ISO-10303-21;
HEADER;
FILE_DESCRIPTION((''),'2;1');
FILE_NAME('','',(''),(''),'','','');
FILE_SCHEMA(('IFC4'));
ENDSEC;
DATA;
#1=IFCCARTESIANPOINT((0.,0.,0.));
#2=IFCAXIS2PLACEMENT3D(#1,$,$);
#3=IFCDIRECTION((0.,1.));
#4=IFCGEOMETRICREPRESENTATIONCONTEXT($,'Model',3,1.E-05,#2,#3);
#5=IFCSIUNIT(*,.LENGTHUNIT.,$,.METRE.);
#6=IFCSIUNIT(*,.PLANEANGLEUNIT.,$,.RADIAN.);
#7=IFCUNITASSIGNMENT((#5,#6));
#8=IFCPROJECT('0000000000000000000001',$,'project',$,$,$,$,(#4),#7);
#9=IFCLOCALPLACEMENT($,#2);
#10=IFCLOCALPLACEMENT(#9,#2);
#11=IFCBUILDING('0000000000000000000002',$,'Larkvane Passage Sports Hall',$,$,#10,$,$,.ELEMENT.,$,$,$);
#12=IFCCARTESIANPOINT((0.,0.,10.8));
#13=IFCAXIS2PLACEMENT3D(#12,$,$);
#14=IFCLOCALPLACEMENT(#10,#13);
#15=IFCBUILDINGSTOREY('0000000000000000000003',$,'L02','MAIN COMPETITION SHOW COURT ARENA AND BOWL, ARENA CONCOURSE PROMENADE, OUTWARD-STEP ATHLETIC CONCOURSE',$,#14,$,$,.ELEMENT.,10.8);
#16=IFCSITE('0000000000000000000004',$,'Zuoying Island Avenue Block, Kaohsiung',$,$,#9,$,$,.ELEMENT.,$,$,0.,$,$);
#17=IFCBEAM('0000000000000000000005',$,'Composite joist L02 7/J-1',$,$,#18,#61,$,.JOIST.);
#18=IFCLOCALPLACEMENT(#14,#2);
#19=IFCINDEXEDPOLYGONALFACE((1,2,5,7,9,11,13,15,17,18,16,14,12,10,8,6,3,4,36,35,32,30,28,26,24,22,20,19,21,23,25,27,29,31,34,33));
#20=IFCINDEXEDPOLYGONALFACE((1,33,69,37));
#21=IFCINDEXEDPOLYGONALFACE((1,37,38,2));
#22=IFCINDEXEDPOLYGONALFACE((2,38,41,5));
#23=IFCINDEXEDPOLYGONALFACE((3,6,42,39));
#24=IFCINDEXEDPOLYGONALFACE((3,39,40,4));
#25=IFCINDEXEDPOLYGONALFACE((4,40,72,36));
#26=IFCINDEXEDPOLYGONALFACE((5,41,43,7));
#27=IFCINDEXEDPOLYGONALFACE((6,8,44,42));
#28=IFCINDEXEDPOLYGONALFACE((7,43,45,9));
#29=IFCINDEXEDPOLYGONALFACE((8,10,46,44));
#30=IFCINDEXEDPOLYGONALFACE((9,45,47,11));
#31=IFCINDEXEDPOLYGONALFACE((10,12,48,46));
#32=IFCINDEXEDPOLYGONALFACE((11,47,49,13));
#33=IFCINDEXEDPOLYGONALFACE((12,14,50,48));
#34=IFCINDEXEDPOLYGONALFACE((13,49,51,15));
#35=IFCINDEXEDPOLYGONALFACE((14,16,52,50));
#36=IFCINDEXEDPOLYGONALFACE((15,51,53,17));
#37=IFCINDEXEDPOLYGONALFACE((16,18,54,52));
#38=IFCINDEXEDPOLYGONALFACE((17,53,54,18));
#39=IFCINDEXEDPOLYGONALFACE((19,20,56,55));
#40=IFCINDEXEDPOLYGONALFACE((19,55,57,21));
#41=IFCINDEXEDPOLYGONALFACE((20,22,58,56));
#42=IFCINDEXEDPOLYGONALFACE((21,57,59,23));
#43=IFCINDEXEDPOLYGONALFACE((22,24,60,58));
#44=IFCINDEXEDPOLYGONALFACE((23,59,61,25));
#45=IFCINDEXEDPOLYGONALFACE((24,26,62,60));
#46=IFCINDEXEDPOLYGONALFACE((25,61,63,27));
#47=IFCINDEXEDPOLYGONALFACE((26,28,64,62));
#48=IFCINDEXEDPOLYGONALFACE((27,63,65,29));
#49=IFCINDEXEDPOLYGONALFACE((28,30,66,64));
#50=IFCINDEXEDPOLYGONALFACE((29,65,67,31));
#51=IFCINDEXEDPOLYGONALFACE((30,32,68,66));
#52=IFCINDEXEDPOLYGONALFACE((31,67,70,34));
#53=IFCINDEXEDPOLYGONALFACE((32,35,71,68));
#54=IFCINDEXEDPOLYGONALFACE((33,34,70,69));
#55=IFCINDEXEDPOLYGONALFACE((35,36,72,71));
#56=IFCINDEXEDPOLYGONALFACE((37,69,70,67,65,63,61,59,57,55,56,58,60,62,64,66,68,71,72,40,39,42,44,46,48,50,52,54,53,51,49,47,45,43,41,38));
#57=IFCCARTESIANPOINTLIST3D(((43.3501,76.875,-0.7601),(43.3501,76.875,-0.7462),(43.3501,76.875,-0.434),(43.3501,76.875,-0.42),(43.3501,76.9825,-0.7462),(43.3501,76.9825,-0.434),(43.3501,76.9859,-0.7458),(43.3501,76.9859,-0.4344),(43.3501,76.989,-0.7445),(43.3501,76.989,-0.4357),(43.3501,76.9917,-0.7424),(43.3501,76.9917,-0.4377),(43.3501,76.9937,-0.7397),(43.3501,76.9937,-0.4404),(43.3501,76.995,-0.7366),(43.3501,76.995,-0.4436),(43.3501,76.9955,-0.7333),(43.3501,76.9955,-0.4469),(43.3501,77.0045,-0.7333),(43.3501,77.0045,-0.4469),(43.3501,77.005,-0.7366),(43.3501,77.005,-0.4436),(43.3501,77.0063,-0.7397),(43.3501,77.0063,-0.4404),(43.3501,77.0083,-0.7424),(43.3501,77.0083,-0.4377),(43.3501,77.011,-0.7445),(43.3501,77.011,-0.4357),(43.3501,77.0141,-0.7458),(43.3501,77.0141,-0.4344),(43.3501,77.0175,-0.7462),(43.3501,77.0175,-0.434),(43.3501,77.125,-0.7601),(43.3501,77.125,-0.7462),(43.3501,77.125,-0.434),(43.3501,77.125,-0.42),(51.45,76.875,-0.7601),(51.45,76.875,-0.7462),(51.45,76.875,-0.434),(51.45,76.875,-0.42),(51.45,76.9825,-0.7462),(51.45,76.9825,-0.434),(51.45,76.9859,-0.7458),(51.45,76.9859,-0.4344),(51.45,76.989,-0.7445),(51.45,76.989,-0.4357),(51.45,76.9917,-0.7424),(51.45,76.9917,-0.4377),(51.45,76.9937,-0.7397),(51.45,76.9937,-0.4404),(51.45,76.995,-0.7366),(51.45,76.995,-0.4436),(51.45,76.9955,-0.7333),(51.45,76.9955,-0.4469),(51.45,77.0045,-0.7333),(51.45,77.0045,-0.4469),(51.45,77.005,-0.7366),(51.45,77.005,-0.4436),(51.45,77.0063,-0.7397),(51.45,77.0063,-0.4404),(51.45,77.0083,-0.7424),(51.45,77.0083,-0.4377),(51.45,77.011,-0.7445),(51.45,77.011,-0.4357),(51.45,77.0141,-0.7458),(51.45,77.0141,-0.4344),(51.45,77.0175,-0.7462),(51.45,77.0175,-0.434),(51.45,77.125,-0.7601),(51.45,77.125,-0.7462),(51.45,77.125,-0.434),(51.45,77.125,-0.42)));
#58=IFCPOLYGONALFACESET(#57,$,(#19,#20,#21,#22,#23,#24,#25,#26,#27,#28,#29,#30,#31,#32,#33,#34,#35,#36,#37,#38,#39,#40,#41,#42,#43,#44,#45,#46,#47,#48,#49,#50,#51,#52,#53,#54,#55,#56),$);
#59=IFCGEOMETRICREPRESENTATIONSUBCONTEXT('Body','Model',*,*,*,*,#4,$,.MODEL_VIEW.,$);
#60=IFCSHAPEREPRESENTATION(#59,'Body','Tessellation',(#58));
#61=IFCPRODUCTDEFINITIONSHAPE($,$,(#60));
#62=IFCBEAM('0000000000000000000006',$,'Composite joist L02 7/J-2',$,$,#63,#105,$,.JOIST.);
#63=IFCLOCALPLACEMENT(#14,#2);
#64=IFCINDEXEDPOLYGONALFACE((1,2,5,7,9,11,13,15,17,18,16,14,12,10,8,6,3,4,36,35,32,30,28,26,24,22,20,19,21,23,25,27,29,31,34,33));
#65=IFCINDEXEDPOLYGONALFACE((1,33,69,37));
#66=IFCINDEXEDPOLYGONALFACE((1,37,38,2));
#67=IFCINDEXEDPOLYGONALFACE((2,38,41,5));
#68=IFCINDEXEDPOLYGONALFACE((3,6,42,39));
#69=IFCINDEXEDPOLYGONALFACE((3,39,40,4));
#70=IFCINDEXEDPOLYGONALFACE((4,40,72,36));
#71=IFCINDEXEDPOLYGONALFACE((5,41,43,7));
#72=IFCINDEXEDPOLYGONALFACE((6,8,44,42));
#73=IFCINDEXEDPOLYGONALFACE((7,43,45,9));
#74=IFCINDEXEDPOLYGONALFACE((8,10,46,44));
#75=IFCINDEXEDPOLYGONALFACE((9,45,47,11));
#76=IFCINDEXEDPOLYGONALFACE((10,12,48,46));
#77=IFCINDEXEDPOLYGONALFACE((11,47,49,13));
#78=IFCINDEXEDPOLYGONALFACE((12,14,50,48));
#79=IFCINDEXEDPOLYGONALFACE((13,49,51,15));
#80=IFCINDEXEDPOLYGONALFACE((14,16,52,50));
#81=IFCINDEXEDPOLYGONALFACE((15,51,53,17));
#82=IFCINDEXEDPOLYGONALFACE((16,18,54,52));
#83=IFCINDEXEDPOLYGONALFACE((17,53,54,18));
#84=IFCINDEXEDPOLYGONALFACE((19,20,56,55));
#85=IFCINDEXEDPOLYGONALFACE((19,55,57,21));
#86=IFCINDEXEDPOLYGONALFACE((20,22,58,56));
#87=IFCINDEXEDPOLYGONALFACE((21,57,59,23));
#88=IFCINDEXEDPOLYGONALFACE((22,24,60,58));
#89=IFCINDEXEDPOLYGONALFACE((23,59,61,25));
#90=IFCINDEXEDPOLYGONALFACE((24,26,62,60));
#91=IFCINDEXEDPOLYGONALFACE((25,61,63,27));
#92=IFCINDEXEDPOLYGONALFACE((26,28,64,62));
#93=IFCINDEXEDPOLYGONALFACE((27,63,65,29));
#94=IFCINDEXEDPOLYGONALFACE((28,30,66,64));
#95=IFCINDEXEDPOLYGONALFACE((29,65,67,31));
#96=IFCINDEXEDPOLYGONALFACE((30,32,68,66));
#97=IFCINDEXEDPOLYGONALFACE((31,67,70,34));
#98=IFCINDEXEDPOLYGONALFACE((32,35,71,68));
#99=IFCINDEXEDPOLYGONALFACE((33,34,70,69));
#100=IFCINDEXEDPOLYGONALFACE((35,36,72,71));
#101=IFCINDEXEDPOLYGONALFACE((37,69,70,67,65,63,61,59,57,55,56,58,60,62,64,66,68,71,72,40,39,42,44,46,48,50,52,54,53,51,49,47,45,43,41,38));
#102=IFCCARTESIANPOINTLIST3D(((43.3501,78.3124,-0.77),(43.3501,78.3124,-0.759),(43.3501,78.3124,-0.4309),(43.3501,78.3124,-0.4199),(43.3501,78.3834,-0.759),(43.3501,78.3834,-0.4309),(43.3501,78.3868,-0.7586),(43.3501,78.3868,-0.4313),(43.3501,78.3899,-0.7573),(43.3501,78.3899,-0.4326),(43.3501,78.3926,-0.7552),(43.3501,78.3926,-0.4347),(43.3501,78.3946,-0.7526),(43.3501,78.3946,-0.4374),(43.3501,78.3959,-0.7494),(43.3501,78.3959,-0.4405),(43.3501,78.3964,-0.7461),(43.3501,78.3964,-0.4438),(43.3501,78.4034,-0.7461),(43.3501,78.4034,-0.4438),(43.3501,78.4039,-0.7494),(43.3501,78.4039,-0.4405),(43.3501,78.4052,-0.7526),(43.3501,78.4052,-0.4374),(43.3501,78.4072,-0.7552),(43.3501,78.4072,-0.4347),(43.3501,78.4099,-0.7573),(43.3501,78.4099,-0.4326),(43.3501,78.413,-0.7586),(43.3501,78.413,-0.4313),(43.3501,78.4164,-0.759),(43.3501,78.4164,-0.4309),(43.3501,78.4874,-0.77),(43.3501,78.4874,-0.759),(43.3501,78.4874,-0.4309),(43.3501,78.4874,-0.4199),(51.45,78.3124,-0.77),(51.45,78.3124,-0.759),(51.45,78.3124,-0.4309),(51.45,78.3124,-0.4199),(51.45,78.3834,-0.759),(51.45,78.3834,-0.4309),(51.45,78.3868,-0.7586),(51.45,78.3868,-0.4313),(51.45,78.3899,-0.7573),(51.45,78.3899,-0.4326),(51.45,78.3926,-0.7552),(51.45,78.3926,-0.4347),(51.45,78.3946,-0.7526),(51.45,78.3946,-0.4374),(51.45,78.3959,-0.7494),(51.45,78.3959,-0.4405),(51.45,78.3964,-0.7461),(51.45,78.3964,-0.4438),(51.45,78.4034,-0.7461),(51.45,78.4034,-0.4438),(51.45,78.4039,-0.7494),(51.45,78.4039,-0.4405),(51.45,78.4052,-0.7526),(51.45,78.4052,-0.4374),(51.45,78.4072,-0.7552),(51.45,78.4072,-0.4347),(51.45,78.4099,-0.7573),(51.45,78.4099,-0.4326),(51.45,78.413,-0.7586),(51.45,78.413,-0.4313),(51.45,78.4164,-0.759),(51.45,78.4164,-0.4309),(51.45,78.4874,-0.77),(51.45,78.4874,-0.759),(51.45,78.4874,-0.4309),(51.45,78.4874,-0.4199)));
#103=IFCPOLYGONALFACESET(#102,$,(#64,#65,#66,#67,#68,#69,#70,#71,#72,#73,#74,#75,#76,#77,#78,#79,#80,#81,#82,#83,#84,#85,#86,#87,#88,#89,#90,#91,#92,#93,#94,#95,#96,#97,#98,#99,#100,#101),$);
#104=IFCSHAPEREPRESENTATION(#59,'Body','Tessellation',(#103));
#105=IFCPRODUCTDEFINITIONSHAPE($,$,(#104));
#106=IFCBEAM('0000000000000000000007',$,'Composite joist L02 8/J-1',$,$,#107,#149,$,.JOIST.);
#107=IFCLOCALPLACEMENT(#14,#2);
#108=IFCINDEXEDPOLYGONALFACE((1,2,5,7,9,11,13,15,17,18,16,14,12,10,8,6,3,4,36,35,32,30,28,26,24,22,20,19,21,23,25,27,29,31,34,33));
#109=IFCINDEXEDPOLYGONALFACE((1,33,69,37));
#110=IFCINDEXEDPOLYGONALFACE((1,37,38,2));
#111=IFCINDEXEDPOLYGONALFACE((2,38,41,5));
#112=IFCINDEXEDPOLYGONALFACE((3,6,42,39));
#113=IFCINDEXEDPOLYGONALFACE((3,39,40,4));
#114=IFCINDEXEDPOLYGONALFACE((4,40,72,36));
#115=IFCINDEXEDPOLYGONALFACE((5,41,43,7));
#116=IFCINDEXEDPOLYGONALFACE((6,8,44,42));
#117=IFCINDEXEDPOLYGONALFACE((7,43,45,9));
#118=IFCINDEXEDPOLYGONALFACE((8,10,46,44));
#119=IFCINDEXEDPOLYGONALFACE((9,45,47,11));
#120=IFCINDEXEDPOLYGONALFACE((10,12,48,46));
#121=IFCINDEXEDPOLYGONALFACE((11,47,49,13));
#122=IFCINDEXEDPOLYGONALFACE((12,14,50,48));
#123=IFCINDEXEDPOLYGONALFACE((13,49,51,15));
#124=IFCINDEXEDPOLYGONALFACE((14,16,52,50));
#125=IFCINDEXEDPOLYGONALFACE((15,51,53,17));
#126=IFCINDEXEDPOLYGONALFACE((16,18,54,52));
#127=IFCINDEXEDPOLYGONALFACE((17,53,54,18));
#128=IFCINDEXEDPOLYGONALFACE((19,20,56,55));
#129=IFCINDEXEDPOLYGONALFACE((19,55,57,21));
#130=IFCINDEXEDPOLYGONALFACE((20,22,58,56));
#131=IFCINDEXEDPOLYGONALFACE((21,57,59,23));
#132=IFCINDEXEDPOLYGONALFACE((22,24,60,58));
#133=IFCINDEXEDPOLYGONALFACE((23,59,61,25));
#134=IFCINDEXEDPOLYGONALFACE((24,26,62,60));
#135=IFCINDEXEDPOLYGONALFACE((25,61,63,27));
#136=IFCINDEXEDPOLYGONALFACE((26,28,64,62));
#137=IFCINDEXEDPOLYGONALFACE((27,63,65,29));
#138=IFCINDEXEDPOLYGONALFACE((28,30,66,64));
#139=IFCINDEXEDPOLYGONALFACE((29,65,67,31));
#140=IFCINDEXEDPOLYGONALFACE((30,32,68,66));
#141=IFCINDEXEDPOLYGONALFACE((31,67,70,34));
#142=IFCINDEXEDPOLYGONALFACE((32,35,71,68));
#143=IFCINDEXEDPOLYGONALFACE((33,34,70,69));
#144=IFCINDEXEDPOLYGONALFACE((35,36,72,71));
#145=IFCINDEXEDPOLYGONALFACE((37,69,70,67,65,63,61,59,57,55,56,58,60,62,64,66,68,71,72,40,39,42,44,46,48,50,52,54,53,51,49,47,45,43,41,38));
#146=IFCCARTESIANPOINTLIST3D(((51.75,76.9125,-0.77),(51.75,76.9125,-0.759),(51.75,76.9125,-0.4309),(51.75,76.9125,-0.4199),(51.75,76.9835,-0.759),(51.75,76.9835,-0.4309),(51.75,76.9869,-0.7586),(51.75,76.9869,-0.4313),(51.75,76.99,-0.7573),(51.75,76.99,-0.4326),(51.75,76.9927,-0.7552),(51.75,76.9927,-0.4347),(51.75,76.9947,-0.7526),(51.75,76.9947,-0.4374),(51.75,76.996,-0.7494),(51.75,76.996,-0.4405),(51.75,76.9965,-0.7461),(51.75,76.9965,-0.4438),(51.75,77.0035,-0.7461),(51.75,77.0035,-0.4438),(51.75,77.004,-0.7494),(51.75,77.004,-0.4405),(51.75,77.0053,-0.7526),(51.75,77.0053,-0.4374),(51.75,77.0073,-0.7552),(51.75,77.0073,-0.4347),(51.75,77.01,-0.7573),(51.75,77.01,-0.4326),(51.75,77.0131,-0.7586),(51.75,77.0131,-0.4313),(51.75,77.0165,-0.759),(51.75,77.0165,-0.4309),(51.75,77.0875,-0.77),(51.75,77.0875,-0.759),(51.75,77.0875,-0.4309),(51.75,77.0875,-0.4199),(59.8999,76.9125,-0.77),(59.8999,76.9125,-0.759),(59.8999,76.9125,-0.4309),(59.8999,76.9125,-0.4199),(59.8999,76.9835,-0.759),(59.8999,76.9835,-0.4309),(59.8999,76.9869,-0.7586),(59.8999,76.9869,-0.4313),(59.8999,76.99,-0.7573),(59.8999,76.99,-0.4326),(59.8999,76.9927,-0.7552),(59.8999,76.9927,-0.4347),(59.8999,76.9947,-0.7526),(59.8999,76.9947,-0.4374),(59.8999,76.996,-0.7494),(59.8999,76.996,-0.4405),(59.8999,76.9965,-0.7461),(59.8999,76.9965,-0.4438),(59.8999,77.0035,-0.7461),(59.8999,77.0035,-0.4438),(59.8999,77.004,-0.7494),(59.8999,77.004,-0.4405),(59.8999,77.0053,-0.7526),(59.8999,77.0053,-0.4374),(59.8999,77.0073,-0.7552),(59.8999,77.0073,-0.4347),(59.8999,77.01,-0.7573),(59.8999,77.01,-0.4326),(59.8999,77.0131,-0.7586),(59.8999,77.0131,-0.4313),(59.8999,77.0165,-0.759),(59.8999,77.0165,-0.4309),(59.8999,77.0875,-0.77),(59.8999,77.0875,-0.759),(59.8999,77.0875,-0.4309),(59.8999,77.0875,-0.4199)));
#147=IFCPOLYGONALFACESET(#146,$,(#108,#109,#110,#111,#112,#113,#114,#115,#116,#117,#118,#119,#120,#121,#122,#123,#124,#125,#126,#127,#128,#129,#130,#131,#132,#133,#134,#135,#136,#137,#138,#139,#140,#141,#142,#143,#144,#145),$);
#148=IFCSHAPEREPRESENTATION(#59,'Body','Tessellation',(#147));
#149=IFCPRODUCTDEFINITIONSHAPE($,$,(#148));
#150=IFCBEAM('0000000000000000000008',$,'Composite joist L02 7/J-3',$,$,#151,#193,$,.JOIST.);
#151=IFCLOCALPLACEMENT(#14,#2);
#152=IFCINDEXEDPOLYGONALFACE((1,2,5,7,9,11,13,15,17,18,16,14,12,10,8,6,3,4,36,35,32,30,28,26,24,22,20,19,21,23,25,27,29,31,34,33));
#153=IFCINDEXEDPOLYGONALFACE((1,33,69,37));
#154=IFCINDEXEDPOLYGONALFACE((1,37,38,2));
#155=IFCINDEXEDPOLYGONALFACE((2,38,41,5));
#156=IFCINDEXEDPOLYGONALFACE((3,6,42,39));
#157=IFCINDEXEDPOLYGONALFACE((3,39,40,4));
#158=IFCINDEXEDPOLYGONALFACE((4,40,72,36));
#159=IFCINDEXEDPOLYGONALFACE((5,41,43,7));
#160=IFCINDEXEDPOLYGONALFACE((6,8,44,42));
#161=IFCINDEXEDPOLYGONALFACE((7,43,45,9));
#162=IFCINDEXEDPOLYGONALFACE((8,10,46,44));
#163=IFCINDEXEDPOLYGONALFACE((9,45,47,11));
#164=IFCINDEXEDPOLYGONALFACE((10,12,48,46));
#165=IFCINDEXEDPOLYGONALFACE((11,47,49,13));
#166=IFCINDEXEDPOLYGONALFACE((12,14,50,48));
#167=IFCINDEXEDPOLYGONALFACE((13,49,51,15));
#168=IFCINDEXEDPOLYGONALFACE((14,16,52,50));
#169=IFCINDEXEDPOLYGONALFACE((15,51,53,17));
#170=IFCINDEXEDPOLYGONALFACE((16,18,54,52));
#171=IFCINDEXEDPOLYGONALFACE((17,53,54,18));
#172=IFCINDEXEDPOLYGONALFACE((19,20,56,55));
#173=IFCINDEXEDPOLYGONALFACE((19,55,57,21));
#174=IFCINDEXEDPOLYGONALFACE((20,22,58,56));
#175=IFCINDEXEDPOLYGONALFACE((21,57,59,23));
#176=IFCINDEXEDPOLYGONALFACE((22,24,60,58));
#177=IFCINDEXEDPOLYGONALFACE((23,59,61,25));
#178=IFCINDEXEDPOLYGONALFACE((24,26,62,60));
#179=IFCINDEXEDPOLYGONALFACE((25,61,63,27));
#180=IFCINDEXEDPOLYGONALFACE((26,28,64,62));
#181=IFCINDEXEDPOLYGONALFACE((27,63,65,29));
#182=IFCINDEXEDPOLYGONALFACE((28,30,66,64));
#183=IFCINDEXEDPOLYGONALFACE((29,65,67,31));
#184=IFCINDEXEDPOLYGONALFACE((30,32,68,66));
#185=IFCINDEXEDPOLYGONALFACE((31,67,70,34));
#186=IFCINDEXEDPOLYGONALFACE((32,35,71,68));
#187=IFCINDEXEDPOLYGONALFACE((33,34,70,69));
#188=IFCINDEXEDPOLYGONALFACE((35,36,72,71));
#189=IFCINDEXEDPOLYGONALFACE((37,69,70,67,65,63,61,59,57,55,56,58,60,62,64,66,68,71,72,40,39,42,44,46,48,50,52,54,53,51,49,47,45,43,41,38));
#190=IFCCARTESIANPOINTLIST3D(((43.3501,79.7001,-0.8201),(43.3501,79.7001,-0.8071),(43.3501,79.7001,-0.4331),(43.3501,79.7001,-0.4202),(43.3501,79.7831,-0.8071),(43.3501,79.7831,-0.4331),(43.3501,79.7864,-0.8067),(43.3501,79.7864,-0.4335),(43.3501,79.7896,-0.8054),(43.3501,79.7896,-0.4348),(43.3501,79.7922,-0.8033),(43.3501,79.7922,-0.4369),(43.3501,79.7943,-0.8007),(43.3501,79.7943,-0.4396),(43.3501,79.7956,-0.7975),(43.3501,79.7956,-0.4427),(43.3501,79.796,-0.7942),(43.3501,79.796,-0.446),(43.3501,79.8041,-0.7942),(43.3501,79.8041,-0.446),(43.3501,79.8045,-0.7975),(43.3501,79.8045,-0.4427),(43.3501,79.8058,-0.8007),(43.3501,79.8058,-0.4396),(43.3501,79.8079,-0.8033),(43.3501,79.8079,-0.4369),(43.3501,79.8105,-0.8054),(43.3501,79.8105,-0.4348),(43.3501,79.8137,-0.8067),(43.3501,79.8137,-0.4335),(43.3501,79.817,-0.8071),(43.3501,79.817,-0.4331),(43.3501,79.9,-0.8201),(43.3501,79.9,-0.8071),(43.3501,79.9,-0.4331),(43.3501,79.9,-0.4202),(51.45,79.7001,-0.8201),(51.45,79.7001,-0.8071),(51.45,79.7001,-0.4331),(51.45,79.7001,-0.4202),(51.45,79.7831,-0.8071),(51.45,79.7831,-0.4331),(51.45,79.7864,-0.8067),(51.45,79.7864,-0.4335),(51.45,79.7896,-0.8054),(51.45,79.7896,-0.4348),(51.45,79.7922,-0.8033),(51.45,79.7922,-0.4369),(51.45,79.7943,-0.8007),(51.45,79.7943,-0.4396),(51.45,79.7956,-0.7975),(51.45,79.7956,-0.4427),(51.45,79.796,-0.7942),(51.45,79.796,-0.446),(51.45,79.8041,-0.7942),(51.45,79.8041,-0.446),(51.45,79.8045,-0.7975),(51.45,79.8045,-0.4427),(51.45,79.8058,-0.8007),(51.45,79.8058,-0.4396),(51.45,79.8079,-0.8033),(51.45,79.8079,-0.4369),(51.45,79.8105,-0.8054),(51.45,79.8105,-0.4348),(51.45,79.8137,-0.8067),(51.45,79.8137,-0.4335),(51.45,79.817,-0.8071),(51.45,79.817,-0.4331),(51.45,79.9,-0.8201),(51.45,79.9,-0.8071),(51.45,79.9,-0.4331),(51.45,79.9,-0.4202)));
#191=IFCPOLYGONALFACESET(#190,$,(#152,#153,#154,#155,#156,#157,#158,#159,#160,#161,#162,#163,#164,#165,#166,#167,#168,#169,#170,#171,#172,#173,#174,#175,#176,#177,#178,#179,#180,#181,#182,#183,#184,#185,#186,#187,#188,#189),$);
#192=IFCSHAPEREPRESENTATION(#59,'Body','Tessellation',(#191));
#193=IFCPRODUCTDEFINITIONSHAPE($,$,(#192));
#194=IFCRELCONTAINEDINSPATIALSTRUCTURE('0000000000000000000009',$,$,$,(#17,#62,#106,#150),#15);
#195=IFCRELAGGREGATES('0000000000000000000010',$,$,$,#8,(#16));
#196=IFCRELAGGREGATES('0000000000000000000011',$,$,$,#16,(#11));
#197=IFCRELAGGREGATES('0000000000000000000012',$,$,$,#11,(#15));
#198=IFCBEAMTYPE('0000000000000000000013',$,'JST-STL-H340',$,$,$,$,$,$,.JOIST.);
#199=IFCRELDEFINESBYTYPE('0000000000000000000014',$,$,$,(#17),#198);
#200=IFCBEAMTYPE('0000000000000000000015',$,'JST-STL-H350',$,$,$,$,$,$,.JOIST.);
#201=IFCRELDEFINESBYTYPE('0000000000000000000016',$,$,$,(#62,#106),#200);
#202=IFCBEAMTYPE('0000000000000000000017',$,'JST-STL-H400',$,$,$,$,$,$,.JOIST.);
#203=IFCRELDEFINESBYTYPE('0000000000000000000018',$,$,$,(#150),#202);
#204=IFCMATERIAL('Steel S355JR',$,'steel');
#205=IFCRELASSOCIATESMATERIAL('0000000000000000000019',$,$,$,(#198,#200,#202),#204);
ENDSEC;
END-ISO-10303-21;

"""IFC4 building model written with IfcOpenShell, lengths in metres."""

from ifc_helpers import new_model, si_unit, direction, frame, origin, origin_2d, place, context, subcontext, project, spatial, i_section, extrude, material, material_profile, profile_set, type_object, element, save


model = new_model("IFC4")

# Units and contexts
model_context = context("Model", 3, precision=1e-05, world=origin(), true_north=direction((0.0, 1.0)))
body_context = subcontext(model_context, "Body", "Model", "MODEL_VIEW")
ifc_project = project(units=[si_unit("LENGTHUNIT", "METRE"), si_unit("PLANEANGLEUNIT", "RADIAN")], contexts=[model_context])

# Site, building, storey
site_placement = place(None, origin())
site = spatial("IfcSite", under=ifc_project, at=site_placement, Name="Zuoying Island Avenue Block, Kaohsiung", CompositionType="ELEMENT", RefElevation=0.0)
building_placement = place(site_placement, origin())
building = spatial("IfcBuilding", under=site, at=building_placement, Name="Larkvane Passage Sports Hall", CompositionType="ELEMENT")
storey_placement = place(building_placement, frame((0.0, 0.0, 10.8)))
storey = spatial("IfcBuildingStorey", under=building, at=storey_placement, Name="L02", Description="MAIN COMPETITION SHOW COURT ARENA AND BOWL, ARENA CONCOURSE PROMENADE, OUTWARD-STEP ATHLETIC CONCOURSE", CompositionType="ELEMENT", Elevation=10.8)

# Shared definitions
ifc_material_1 = material(Name="Steel S355JR", Category="steel")

# Beams
ifc_material_profile_1 = material_profile(ifc_material_1, i_section(OverallWidth=0.25, OverallDepth=0.3401, WebThickness=0.009, FlangeThickness=0.0139, FilletRadius=0.0129, at=origin_2d()), Name="H-340x250x9x14")
ifc_profile_set_1 = profile_set([ifc_material_profile_1], Name="Steel S355JR")
beam_type_1 = type_object("IfcBeamType", Name="JST-STL-H340", PredefinedType="JOIST", material=ifc_profile_set_1)
beam_1_placement = place(storey_placement, frame((43.3501, 77.0, -0.5901), z_axis=(1.0, 0.0, 0.0), x_axis=(0.0, 1.0, 0.0)))
element("IfcBeam", 1, at=beam_1_placement, inside=storey, type_object=beam_type_1, Name="Composite joist L02 7/J-1", PredefinedType="JOIST", context=body_context, shape_type="SweptSolid", body=[
    extrude(i_section(OverallWidth=0.25, OverallDepth=0.3401, WebThickness=0.009, FlangeThickness=0.0139, FilletRadius=0.0129, at=origin_2d()), origin(), (0.0, 0.0, 1.0), 8.0999),
])
ifc_material_profile_2 = material_profile(ifc_material_1, i_section(OverallWidth=0.175, OverallDepth=0.3501, WebThickness=0.0071, FlangeThickness=0.011, FilletRadius=0.0129, at=origin_2d()), Name="H-350x175x7x11")
ifc_profile_set_2 = profile_set([ifc_material_profile_2], Name="Steel S355JR")
beam_type_2 = type_object("IfcBeamType", Name="JST-STL-H350", PredefinedType="JOIST", material=ifc_profile_set_2)
beam_2_placement = place(storey_placement, frame((43.3501, 78.3999, -0.595), z_axis=(1.0, 0.0, 0.0), x_axis=(0.0, 1.0, 0.0)))
element("IfcBeam", 2, at=beam_2_placement, inside=storey, type_object=beam_type_2, Name="Composite joist L02 7/J-2", PredefinedType="JOIST", context=body_context, shape_type="SweptSolid", body=[
    extrude(i_section(OverallWidth=0.175, OverallDepth=0.3501, WebThickness=0.0071, FlangeThickness=0.011, FilletRadius=0.0129, at=origin_2d()), origin(), (0.0, 0.0, 1.0), 8.0999),
])
beam_3_placement = place(storey_placement, frame((51.75, 77.0, -0.595), z_axis=(1.0, 0.0, 0.0), x_axis=(0.0, 1.0, 0.0)))
element("IfcBeam", 3, at=beam_3_placement, inside=storey, type_object=beam_type_2, Name="Composite joist L02 8/J-1", PredefinedType="JOIST", context=body_context, shape_type="SweptSolid", body=[
    extrude(i_section(OverallWidth=0.175, OverallDepth=0.3501, WebThickness=0.0071, FlangeThickness=0.011, FilletRadius=0.0129, at=origin_2d()), origin(), (0.0, 0.0, 1.0), 8.1499),
])
ifc_material_profile_3 = material_profile(ifc_material_1, i_section(OverallWidth=0.2, OverallDepth=0.3999, WebThickness=0.0081, FlangeThickness=0.0129, FilletRadius=0.0129, at=origin_2d()), Name="H-400x200x8x13")
ifc_profile_set_3 = profile_set([ifc_material_profile_3], Name="Steel S355JR")
beam_type_3 = type_object("IfcBeamType", Name="JST-STL-H400", PredefinedType="JOIST", material=ifc_profile_set_3)
beam_4_placement = place(storey_placement, frame((43.3501, 79.8, -0.6201), z_axis=(1.0, 0.0, 0.0), x_axis=(0.0, 1.0, 0.0)))
element("IfcBeam", 4, at=beam_4_placement, inside=storey, type_object=beam_type_3, Name="Composite joist L02 7/J-3", PredefinedType="JOIST", context=body_context, shape_type="SweptSolid", body=[
    extrude(i_section(OverallWidth=0.2, OverallDepth=0.3999, WebThickness=0.0081, FlangeThickness=0.0129, FilletRadius=0.0129, at=origin_2d()), origin(), (0.0, 0.0, 1.0), 8.0999),
])

save(model, "model.ifc")
